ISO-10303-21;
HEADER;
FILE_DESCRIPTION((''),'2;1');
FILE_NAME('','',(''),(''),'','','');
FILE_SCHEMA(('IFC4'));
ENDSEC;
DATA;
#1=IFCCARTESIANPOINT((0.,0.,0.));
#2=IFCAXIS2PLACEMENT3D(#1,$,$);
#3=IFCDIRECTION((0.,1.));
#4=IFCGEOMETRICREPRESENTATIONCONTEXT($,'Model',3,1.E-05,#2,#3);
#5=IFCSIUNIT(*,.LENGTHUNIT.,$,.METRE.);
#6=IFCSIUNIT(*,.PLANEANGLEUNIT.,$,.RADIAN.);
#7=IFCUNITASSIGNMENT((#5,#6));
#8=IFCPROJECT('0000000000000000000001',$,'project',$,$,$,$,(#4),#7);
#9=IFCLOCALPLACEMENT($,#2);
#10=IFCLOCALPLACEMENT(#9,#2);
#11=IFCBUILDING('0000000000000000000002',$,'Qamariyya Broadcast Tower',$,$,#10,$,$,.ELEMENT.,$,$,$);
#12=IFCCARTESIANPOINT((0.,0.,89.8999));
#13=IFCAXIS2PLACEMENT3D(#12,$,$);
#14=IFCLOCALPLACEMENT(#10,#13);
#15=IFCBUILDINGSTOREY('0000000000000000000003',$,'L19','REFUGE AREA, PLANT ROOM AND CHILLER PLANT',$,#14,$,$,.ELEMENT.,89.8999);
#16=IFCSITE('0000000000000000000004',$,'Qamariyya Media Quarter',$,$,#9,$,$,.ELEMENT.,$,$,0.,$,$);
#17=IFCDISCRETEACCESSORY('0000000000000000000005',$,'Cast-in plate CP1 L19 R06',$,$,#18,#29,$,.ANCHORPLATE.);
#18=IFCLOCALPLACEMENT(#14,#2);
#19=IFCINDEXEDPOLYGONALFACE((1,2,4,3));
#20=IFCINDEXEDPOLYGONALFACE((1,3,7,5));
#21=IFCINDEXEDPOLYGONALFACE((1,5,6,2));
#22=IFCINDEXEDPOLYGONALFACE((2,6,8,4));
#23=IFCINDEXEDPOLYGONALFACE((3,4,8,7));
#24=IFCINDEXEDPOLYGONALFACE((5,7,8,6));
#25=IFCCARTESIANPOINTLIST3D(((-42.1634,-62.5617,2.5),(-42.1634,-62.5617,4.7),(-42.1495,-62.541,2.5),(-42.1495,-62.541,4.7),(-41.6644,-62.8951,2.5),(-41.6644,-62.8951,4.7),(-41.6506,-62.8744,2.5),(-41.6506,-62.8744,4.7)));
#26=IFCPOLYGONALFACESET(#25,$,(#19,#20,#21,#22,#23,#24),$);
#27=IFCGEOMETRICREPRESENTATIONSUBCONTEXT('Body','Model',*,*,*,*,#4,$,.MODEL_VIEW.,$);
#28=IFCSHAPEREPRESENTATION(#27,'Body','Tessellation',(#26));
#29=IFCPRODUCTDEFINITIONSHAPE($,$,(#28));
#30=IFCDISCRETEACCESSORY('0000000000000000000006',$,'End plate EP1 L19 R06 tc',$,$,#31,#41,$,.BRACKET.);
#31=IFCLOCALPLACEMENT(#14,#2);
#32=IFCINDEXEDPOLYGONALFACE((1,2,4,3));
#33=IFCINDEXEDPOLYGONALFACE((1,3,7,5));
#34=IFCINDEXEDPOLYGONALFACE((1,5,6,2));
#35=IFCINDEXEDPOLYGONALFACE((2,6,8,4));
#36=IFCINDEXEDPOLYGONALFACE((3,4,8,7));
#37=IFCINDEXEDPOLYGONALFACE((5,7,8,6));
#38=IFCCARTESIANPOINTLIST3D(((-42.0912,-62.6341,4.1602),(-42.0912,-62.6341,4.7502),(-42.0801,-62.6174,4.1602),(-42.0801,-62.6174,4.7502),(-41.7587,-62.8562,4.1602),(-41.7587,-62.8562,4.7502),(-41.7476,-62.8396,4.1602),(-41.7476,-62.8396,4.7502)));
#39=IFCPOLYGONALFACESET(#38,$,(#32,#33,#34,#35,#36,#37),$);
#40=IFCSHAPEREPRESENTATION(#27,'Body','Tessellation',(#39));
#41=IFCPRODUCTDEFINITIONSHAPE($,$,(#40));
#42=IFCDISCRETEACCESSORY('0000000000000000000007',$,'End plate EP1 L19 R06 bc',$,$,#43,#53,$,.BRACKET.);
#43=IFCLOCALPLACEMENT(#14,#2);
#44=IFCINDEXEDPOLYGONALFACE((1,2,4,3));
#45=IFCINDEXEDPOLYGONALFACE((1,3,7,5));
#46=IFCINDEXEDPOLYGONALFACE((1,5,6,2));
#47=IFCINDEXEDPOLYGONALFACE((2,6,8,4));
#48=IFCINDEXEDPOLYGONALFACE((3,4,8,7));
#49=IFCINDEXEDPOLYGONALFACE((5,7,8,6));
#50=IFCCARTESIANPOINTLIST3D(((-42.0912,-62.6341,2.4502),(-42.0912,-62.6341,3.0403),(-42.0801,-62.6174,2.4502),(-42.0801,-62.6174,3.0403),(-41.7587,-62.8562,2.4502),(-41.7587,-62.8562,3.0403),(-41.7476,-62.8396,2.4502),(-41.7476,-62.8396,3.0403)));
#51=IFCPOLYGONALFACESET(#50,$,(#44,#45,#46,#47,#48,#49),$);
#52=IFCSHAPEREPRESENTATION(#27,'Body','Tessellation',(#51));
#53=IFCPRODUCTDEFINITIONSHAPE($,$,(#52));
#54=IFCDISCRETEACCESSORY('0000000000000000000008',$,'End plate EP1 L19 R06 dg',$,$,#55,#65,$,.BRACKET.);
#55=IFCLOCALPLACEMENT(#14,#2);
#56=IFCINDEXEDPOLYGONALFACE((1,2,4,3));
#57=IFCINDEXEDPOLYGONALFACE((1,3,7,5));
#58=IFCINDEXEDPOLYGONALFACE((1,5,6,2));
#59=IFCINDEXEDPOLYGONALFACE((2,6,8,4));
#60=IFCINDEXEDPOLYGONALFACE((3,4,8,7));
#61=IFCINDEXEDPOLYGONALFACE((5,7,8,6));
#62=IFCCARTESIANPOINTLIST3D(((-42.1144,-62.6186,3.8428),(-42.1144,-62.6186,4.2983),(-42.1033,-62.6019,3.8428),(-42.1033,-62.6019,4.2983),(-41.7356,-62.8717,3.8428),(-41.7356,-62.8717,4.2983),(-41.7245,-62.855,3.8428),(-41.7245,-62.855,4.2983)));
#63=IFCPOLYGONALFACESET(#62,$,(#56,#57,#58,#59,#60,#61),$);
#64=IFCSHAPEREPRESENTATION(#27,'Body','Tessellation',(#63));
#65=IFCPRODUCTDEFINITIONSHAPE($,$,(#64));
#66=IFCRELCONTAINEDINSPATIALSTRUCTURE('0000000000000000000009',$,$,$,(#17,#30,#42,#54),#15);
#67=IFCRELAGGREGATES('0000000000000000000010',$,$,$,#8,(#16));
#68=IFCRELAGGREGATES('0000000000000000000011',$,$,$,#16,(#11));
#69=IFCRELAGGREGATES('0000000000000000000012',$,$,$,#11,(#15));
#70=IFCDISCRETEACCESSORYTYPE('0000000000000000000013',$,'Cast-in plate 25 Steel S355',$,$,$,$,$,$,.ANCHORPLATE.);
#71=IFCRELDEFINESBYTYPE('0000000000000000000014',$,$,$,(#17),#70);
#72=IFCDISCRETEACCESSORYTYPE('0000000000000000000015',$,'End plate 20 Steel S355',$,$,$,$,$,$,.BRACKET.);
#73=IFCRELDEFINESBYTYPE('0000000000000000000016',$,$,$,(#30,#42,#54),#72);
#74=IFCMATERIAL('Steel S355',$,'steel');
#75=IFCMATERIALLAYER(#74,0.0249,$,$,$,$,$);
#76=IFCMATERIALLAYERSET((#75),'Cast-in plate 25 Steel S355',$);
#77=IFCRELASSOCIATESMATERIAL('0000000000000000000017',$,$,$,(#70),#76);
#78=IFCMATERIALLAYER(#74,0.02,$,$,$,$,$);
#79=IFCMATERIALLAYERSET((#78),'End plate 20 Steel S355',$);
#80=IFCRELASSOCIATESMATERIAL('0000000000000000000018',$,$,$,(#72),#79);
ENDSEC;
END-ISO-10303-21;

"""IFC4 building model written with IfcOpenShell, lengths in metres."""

from ifc_helpers import new_model, si_unit, direction, frame, origin, origin_2d, place, context, subcontext, project, spatial, rectangle, extrude, material, layer, layer_set, type_object, element, save


model = new_model("IFC4")

# Units and contexts
model_context = context("Model", 3, precision=1e-05, world=origin(), true_north=direction((0.0, 1.0)))
body_context = subcontext(model_context, "Body", "Model", "MODEL_VIEW")
ifc_project = project(units=[si_unit("LENGTHUNIT", "METRE"), si_unit("PLANEANGLEUNIT", "RADIAN")], contexts=[model_context])

# Site, building, storey
site_placement = place(None, origin())
site = spatial("IfcSite", under=ifc_project, at=site_placement, Name="Qamariyya Media Quarter", CompositionType="ELEMENT", RefElevation=0.0)
building_placement = place(site_placement, origin())
building = spatial("IfcBuilding", under=site, at=building_placement, Name="Qamariyya Broadcast Tower", CompositionType="ELEMENT")
storey_placement = place(building_placement, frame((0.0, 0.0, 89.8999)))
storey = spatial("IfcBuildingStorey", under=building, at=storey_placement, Name="L19", Description="REFUGE AREA, PLANT ROOM AND CHILLER PLANT", CompositionType="ELEMENT", Elevation=89.8999)

# Shared definitions
ifc_material_1 = material(Name="Steel S355", Category="steel")

# Discrete accessories
ifc_layer_1 = layer(ifc_material_1, 0.0249)
ifc_layer_set_1 = layer_set([ifc_layer_1], Name="Cast-in plate 25 Steel S355")
discrete_accessory_type_1 = type_object("IfcDiscreteAccessoryType", Name="Cast-in plate 25 Steel S355", PredefinedType="ANCHORPLATE", material=ifc_layer_set_1)
discrete_accessory_1_placement = place(storey_placement, frame((-41.907, -62.718, 2.5), z_axis=(0.0, 0.0, 1.0), x_axis=(-0.83147, 0.55557, 0.0)))
element("IfcDiscreteAccessory", 1, at=discrete_accessory_1_placement, inside=storey, type_object=discrete_accessory_type_1, Name="Cast-in plate CP1 L19 R06", PredefinedType="ANCHORPLATE", context=body_context, shape_type="SweptSolid", body=[
    extrude(rectangle(XDim=0.6001, YDim=0.0249, at=origin_2d()), origin(), (0.0, 0.0, 1.0), 2.2),
])
ifc_layer_2 = layer(ifc_material_1, 0.02)
ifc_layer_set_2 = layer_set([ifc_layer_2], Name="End plate 20 Steel S355")
discrete_accessory_type_2 = type_object("IfcDiscreteAccessoryType", Name="End plate 20 Steel S355", PredefinedType="BRACKET", material=ifc_layer_set_2)
for number, where, z_axis, x_axis, name in (
    (2, (-41.9194, -62.7368, 4.1602), (0.0, 0.0, 1.0), (-0.83147, 0.55557, 0.0), "End plate EP1 L19 R06 tc"),
    (3, (-41.9194, -62.7368, 2.4502), (0.0, 0.0, 1.0), (-0.83147, 0.55557, 0.0), "End plate EP1 L19 R06 bc"),
):
    element("IfcDiscreteAccessory", number, at=place(storey_placement, frame(where, z_axis=z_axis, x_axis=x_axis)), inside=storey, type_object=discrete_accessory_type_2, Name=name, PredefinedType="BRACKET", context=body_context, shape_type="SweptSolid", body=[
        extrude(rectangle(XDim=0.3999, YDim=0.02, at=origin_2d()), origin(), (0.0, 0.0, 1.0), 0.5901),
    ])
discrete_accessory_2_placement = place(storey_placement, frame((-41.9194, -62.7368, 3.8428), z_axis=(0.0, 0.0, 1.0), x_axis=(-0.83147, 0.55557, 0.0)))
element("IfcDiscreteAccessory", 4, at=discrete_accessory_2_placement, inside=storey, type_object=discrete_accessory_type_2, Name="End plate EP1 L19 R06 dg", PredefinedType="BRACKET", context=body_context, shape_type="SweptSolid", body=[
    extrude(rectangle(XDim=0.4556, YDim=0.02, at=origin_2d()), origin(), (0.0, 0.0, 1.0), 0.4556),
])

save(model, "model.ifc")
